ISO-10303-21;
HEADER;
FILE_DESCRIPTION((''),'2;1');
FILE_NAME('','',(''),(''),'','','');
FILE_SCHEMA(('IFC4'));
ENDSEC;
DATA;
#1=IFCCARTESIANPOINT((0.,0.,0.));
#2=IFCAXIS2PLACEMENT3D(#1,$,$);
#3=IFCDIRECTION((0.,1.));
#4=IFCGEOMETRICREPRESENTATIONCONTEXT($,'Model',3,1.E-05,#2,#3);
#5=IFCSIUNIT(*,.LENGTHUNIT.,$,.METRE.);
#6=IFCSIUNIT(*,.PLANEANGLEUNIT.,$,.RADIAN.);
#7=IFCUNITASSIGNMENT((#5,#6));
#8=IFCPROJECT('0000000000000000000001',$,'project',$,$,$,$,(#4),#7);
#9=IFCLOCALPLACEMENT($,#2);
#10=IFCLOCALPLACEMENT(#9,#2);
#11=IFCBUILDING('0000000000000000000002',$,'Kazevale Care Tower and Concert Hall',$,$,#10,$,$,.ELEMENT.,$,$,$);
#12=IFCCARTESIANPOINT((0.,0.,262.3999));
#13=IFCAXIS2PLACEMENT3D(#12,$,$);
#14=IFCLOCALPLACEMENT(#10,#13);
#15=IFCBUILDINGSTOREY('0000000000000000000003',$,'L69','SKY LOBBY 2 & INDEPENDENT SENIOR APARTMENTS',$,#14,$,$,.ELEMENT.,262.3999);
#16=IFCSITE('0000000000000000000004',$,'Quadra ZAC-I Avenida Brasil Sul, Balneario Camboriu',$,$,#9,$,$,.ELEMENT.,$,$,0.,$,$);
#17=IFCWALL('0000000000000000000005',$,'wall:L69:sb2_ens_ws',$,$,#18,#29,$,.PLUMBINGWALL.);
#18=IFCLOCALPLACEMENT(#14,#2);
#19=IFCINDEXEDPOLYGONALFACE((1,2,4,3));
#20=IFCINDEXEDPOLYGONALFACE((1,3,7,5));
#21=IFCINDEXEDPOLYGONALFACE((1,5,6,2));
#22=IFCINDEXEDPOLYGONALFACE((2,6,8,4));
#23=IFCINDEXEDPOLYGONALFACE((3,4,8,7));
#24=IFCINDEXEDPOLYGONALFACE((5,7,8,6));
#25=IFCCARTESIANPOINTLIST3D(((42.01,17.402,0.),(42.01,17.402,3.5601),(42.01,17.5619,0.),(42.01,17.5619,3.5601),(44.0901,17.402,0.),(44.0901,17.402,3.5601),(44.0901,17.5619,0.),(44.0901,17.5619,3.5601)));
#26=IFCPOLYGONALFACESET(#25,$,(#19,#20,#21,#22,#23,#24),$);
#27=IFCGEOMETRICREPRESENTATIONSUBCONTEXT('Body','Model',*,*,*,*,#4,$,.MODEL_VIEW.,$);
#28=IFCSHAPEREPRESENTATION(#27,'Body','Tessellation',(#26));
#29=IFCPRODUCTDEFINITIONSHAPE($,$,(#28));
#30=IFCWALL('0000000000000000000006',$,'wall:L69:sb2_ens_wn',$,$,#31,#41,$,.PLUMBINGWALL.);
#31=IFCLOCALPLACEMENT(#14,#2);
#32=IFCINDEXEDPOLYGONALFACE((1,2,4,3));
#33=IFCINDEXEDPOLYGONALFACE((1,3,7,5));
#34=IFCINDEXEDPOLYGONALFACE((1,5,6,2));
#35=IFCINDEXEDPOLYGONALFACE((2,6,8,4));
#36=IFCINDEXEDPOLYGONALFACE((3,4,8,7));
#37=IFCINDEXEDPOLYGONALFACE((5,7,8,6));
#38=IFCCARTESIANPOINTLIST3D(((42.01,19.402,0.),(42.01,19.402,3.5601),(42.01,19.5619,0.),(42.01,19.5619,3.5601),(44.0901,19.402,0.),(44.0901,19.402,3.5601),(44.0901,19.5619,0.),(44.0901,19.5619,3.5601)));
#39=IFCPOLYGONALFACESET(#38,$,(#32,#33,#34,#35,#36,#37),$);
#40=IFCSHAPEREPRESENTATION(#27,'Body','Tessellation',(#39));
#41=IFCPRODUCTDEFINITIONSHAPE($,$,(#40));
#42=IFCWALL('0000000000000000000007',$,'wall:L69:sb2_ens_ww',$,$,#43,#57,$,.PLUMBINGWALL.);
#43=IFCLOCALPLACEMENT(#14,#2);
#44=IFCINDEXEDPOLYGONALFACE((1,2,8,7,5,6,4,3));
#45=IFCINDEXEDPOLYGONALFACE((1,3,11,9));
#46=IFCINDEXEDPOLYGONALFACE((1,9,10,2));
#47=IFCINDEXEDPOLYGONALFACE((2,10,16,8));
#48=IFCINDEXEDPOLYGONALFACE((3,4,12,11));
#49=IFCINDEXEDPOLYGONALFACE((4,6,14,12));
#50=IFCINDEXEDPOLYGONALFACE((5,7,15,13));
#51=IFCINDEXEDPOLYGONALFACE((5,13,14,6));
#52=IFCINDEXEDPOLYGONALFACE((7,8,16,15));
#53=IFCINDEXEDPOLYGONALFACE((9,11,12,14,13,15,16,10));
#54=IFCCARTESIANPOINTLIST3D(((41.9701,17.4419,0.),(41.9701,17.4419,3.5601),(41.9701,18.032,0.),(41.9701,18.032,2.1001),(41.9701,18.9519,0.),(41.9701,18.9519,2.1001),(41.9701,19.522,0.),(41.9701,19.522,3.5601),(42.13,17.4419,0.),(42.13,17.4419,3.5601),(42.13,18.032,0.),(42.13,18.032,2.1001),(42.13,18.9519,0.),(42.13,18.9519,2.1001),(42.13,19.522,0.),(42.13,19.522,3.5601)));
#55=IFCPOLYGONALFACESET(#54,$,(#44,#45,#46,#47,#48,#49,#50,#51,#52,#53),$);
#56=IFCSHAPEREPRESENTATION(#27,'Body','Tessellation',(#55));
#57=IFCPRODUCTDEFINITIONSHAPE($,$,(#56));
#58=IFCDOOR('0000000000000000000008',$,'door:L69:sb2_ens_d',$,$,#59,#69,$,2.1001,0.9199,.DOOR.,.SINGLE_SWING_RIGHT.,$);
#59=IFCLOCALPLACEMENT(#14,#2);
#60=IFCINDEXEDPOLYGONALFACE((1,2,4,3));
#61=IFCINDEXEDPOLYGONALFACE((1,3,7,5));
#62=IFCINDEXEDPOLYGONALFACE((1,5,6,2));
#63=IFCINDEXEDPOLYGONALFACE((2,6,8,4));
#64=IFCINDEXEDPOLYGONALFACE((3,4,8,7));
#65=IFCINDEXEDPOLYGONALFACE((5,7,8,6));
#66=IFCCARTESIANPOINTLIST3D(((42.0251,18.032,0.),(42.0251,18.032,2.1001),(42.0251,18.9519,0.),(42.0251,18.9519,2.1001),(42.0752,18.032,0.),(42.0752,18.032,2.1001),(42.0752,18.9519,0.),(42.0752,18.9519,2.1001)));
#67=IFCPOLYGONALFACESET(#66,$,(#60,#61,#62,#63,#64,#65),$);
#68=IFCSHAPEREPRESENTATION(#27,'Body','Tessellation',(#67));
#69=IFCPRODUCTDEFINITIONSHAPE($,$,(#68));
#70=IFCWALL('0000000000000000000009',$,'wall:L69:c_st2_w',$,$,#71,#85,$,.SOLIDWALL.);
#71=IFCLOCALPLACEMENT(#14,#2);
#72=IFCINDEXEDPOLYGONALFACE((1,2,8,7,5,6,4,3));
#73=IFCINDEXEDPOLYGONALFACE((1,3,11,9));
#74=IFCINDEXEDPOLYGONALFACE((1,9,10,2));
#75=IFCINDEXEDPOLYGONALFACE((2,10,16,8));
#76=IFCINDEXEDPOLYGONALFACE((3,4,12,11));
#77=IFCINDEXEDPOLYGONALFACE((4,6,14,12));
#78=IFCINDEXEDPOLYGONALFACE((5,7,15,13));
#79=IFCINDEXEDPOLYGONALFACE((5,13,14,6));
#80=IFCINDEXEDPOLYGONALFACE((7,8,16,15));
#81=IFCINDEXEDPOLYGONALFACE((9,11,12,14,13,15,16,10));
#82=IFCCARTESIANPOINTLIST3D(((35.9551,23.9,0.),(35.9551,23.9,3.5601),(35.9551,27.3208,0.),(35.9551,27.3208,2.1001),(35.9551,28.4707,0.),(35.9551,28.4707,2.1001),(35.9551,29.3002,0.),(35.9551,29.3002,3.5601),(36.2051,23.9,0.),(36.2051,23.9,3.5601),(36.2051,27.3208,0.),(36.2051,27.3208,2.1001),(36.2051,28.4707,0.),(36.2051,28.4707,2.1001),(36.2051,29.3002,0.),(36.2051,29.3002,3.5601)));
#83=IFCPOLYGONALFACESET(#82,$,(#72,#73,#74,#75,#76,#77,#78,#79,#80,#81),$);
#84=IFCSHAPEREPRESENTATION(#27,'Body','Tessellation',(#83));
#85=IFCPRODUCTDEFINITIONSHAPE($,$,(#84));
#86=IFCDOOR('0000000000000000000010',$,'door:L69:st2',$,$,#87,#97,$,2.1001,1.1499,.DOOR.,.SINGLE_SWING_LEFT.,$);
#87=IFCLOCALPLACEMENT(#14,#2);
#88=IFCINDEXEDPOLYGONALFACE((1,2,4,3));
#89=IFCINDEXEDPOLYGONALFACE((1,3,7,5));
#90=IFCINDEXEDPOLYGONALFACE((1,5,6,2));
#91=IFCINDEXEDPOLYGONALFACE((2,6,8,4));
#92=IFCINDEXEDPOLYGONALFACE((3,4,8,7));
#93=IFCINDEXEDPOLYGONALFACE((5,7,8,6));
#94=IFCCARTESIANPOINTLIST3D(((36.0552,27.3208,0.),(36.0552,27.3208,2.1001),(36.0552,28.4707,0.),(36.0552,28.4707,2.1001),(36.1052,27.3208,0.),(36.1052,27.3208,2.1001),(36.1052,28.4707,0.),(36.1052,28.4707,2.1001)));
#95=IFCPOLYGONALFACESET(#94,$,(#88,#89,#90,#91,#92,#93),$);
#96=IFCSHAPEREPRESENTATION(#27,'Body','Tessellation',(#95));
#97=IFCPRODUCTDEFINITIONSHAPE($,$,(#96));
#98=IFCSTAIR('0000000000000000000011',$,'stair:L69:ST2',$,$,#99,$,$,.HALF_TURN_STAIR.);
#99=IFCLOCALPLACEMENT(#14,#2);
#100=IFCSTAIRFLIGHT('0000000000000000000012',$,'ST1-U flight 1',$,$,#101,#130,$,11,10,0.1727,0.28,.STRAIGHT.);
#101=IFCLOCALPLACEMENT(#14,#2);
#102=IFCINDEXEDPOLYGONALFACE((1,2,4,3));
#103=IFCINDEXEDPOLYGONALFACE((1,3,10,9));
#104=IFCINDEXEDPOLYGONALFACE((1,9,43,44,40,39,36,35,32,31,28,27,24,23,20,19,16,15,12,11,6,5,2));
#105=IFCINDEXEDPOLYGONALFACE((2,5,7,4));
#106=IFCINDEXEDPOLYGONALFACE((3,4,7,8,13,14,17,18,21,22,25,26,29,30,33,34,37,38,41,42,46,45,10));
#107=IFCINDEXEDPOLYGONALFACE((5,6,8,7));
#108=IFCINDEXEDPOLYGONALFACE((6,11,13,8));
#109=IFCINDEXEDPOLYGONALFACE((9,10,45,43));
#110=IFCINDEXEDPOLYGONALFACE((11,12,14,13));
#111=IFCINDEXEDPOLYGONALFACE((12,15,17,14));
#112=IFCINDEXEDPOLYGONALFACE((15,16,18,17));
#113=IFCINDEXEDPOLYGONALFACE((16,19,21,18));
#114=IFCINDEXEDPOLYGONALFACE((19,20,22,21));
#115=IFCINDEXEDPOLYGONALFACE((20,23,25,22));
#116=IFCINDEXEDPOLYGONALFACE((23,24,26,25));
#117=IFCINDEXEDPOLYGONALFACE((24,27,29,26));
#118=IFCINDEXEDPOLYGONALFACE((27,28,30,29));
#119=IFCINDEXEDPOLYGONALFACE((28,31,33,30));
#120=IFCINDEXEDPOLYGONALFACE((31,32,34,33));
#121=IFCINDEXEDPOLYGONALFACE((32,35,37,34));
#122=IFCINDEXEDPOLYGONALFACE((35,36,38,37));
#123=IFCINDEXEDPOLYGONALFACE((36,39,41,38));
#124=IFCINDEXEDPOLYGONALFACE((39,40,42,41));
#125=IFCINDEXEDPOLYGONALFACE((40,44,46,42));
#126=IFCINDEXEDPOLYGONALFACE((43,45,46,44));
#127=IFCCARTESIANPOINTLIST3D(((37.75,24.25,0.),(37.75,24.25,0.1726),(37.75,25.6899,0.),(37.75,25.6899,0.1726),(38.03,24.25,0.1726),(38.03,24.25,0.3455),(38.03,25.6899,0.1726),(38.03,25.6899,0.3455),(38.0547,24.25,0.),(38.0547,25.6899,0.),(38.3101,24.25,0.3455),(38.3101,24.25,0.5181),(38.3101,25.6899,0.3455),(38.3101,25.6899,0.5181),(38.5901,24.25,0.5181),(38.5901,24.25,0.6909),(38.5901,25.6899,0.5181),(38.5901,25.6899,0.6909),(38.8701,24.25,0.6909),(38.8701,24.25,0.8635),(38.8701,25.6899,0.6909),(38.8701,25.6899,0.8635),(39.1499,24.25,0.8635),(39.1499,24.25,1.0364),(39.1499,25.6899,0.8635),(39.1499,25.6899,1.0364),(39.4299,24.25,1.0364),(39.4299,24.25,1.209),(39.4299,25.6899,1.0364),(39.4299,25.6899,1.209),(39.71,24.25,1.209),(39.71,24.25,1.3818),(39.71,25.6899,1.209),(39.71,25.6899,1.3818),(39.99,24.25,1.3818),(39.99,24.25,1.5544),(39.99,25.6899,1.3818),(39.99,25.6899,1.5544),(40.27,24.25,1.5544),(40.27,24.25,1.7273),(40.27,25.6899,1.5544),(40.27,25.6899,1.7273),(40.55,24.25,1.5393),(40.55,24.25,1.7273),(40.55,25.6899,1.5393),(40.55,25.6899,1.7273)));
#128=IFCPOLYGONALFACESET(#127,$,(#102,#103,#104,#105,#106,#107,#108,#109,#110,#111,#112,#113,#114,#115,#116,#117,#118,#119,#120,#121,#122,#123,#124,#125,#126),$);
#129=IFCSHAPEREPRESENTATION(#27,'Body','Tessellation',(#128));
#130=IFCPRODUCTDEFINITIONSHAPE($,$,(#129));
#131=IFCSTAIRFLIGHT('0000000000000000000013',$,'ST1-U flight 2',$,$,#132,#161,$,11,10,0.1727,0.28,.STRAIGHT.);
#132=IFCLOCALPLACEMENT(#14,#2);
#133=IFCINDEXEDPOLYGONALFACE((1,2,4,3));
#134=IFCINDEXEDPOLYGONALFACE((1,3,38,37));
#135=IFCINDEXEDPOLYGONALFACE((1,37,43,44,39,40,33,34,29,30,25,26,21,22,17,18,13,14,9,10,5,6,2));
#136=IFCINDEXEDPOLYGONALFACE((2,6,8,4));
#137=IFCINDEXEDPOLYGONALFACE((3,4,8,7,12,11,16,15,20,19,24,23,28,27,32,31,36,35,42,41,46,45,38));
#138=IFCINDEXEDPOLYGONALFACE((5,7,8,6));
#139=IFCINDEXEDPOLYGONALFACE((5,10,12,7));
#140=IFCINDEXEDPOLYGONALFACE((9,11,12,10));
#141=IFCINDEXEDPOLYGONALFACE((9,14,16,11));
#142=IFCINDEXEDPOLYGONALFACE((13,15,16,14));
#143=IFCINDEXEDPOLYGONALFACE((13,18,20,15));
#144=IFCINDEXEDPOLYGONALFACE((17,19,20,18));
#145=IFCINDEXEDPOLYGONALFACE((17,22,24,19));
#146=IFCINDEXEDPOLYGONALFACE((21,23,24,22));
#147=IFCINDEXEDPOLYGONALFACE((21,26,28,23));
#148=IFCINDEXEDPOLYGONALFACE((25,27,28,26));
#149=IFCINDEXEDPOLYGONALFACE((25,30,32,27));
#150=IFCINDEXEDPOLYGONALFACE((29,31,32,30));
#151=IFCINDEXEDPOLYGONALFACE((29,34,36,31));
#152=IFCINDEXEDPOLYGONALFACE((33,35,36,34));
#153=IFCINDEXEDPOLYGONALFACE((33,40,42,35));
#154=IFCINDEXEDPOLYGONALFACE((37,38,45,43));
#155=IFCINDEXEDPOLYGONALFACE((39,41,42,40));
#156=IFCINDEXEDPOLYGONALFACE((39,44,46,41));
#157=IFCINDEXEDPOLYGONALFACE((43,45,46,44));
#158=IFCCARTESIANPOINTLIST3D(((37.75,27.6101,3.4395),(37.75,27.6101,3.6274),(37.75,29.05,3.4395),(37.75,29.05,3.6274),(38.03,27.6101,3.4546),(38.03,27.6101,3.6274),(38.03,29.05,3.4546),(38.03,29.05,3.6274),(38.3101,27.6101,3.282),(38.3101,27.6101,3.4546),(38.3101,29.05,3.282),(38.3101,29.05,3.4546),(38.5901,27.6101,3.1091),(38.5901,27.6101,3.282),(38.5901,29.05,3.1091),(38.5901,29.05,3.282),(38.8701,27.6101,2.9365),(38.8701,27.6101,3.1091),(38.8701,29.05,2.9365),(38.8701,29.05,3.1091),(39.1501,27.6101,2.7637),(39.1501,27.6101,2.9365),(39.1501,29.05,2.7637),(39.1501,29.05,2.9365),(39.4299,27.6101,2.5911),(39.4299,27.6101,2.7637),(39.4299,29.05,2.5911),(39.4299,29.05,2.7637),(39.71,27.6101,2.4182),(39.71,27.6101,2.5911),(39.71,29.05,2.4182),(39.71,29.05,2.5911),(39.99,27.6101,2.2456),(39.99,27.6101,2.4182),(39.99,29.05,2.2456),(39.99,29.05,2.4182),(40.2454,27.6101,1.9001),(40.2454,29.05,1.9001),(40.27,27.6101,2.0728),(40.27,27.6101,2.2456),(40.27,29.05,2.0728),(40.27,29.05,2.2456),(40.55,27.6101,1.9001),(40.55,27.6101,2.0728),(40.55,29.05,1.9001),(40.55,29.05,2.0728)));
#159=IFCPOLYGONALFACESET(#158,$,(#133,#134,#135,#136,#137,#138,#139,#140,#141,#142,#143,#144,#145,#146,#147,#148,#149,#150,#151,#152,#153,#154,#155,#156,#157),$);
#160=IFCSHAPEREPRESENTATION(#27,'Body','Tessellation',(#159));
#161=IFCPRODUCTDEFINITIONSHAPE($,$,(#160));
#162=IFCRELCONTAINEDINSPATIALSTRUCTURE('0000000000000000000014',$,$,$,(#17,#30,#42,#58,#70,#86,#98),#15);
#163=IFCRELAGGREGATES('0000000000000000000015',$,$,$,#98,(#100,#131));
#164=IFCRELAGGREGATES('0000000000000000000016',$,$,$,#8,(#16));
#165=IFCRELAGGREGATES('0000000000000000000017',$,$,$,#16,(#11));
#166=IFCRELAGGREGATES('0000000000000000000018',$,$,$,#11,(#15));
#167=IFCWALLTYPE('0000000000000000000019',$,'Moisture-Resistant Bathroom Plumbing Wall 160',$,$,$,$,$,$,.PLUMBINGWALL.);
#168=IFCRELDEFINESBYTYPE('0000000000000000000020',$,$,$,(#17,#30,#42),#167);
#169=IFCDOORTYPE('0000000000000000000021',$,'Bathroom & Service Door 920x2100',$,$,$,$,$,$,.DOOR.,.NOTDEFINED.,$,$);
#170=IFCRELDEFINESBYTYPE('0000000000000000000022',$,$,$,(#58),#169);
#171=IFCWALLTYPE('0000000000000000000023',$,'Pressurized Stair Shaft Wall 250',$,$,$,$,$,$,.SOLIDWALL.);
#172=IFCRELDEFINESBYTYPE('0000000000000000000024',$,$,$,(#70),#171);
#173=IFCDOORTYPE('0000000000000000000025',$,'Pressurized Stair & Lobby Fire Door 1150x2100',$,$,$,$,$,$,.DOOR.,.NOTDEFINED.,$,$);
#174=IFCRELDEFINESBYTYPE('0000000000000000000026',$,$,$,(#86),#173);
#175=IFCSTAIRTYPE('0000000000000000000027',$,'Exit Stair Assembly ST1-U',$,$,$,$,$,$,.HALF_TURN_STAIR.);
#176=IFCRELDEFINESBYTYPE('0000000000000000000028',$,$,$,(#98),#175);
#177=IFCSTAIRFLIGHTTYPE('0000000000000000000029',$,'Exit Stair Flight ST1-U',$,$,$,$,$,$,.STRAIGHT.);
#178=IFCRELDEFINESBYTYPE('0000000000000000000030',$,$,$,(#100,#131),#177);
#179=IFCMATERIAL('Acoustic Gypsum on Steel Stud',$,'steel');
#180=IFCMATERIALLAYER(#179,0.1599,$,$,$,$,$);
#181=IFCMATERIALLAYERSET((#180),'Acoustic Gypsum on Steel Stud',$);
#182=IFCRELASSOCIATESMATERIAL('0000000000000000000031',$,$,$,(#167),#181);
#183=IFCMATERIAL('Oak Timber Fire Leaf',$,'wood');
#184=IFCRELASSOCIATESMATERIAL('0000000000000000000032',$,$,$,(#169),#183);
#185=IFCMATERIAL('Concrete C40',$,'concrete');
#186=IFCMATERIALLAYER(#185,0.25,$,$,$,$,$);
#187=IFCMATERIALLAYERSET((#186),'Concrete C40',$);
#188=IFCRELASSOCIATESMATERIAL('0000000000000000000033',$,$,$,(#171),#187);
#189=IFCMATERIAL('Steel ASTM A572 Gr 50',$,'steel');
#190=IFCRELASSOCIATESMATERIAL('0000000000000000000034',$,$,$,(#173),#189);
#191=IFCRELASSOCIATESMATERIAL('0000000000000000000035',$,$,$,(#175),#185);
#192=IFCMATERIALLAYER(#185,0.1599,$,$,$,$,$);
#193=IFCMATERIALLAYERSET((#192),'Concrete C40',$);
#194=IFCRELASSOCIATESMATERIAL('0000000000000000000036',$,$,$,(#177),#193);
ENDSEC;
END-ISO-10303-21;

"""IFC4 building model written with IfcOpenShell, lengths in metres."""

from ifc_helpers import new_model, si_unit, direction, frame, frame_2d, origin, place, context, subcontext, project, spatial, polyline, rectangle, outline, extrude, material, layer, layer_set, type_object, element, fill, aggregate, save


model = new_model("IFC4")

# Units and contexts
model_context = context("Model", 3, precision=1e-05, world=origin(), true_north=direction((0.0, 1.0)))
body_context = subcontext(model_context, "Body", "Model", "MODEL_VIEW")
ifc_project = project(units=[si_unit("LENGTHUNIT", "METRE"), si_unit("PLANEANGLEUNIT", "RADIAN")], contexts=[model_context])

# Site, building, storey
site_placement = place(None, origin())
site = spatial("IfcSite", under=ifc_project, at=site_placement, Name="Quadra ZAC-I Avenida Brasil Sul, Balneario Camboriu", CompositionType="ELEMENT", RefElevation=0.0)
building_placement = place(site_placement, origin())
building = spatial("IfcBuilding", under=site, at=building_placement, Name="Kazevale Care Tower and Concert Hall", CompositionType="ELEMENT")
storey_placement = place(building_placement, frame((0.0, 0.0, 262.3999)))
storey = spatial("IfcBuildingStorey", under=building, at=storey_placement, Name="L69", Description="SKY LOBBY 2 & INDEPENDENT SENIOR APARTMENTS", CompositionType="ELEMENT", Elevation=262.3999)

# Shared definitions
ifc_material_1 = material(Name="Steel ASTM A572 Gr 50", Category="steel")

# Walls
ifc_material_2 = material(Name="Acoustic Gypsum on Steel Stud", Category="steel")
ifc_layer_1 = layer(ifc_material_2, 0.1599)
ifc_layer_set_1 = layer_set([ifc_layer_1], Name="Acoustic Gypsum on Steel Stud")
wall_type_1 = type_object("IfcWallType", Name="Moisture-Resistant Bathroom Plumbing Wall 160", PredefinedType="PLUMBINGWALL", material=ifc_layer_set_1)
for number, where, z_axis, x_axis, name in (
    (1, (42.01, 17.4819, 0.0), (0.0, 0.0, 1.0), (1.0, 0.0, 0.0), "wall:L69:sb2_ens_ws"),
    (2, (42.01, 19.4819, 0.0), (0.0, 0.0, 1.0), (1.0, 0.0, 0.0), "wall:L69:sb2_ens_wn"),
):
    element("IfcWall", number, at=place(storey_placement, frame(where, z_axis=z_axis, x_axis=x_axis)), inside=storey, type_object=wall_type_1, Name=name, PredefinedType="PLUMBINGWALL", context=body_context, shape_type="SweptSolid", body=[
        extrude(rectangle(XDim=2.0801, YDim=0.1599, at=frame_2d((1.04, 0.0))), origin(), (0.0, 0.0, 1.0), 3.5601),
    ])

# Walls, openings, doors
wall_1_placement = place(storey_placement, frame((42.05, 17.4419, 0.0), z_axis=(0.0, 0.0, 1.0), x_axis=(0.0, 1.0, 0.0)))
wall_1 = element("IfcWall", 3, at=wall_1_placement, inside=storey, type_object=wall_type_1, Name="wall:L69:sb2_ens_ww", PredefinedType="PLUMBINGWALL", context=body_context, shape_type="SweptSolid", body=[
    extrude(rectangle(XDim=2.0801, YDim=0.1599, at=frame_2d((1.04, 0.0))), origin(), (0.0, 0.0, 1.0), 3.5601),
])
opening_1_placement = place(wall_1_placement, frame((0.5901, 0.0, 0.0)))
opening_1 = element("IfcOpeningElement", 4, at=opening_1_placement, cuts=wall_1, PredefinedType="OPENING", context=body_context, shape_type="SweptSolid", body=[
    extrude(rectangle(XDim=0.9199, YDim=2.1001, at=frame_2d((0.46, 1.05))), frame((0.0, 0.0898, 0.0), z_axis=(0.0, -1.0, 0.0), x_axis=(1.0, 0.0, 0.0)), (0.0, 0.0, 1.0), 0.1799),
])
ifc_material_3 = material(Name="Oak Timber Fire Leaf", Category="wood")
door_type_1 = type_object("IfcDoorType", Name="Bathroom & Service Door 920x2100", OperationType="NOTDEFINED", PredefinedType="DOOR", material=ifc_material_3)
door_1_placement = place(opening_1_placement, origin())
door_1 = element("IfcDoor", 5, at=door_1_placement, inside=storey, type_object=door_type_1, Name="door:L69:sb2_ens_d", OperationType="SINGLE_SWING_RIGHT", OverallHeight=2.1001, OverallWidth=0.9199, PredefinedType="DOOR", context=body_context, shape_type="SweptSolid", body=[
    extrude(rectangle(XDim=0.9199, YDim=2.1001, at=frame_2d((0.46, 1.05))), frame((0.0, 0.0249, 0.0), z_axis=(0.0, -1.0, 0.0), x_axis=(1.0, 0.0, 0.0)), (0.0, 0.0, 1.0), 0.05),
])
fill(opening_1, door_1)
ifc_material_4 = material(Name="Concrete C40", Category="concrete")
ifc_layer_2 = layer(ifc_material_4, 0.25)
ifc_layer_set_2 = layer_set([ifc_layer_2], Name="Concrete C40")
wall_type_2 = type_object("IfcWallType", Name="Pressurized Stair Shaft Wall 250", PredefinedType="SOLIDWALL", material=ifc_layer_set_2)
wall_2_placement = place(storey_placement, frame((36.0801, 23.8999, 0.0), z_axis=(0.0, 0.0, 1.0), x_axis=(0.0, 1.0, 0.0)))
wall_2 = element("IfcWall", 6, at=wall_2_placement, inside=storey, type_object=wall_type_2, Name="wall:L69:c_st2_w", PredefinedType="SOLIDWALL", context=body_context, shape_type="SweptSolid", body=[
    extrude(rectangle(XDim=5.4001, YDim=0.25, at=frame_2d((2.7002, 0.0))), origin(), (0.0, 0.0, 1.0), 3.5601),
])
opening_2_placement = place(wall_2_placement, frame((3.4209, 0.0, 0.0)))
opening_2 = element("IfcOpeningElement", 7, at=opening_2_placement, cuts=wall_2, PredefinedType="OPENING", context=body_context, shape_type="SweptSolid", body=[
    extrude(rectangle(XDim=1.1499, YDim=2.1001, at=frame_2d((0.575, 1.05))), frame((0.0, 0.135, 0.0), z_axis=(0.0, -1.0, 0.0), x_axis=(1.0, 0.0, 0.0)), (0.0, 0.0, 1.0), 0.27),
])
door_type_2 = type_object("IfcDoorType", Name="Pressurized Stair & Lobby Fire Door 1150x2100", OperationType="NOTDEFINED", PredefinedType="DOOR", material=ifc_material_1)
door_2_placement = place(opening_2_placement, origin())
door_2 = element("IfcDoor", 8, at=door_2_placement, inside=storey, type_object=door_type_2, Name="door:L69:st2", OperationType="SINGLE_SWING_LEFT", OverallHeight=2.1001, OverallWidth=1.1499, PredefinedType="DOOR", context=body_context, shape_type="SweptSolid", body=[
    extrude(rectangle(XDim=1.1499, YDim=2.1001, at=frame_2d((0.575, 1.05))), frame((0.0, 0.0249, 0.0), z_axis=(0.0, -1.0, 0.0), x_axis=(1.0, 0.0, 0.0)), (0.0, 0.0, 1.0), 0.05),
])
fill(opening_2, door_2)

# Stair, stair flights
stair_type = type_object("IfcStairType", Name="Exit Stair Assembly ST1-U", PredefinedType="HALF_TURN_STAIR", material=ifc_material_4)
stair_placement = place(storey_placement, origin())
stair = element("IfcStair", 9, at=stair_placement, inside=storey, type_object=stair_type, Name="stair:L69:ST2", PredefinedType="HALF_TURN_STAIR")
ifc_layer_3 = layer(ifc_material_4, 0.1599)
ifc_layer_set_3 = layer_set([ifc_layer_3], Name="Concrete C40")
stair_flight_type = type_object("IfcStairFlightType", Name="Exit Stair Flight ST1-U", PredefinedType="STRAIGHT", material=ifc_layer_set_3)
stair_flight_1_placement = place(storey_placement, frame((37.75, 24.97, 0.0), z_axis=(0.0, 0.0, 1.0), x_axis=(1.0, 0.0, 0.0)))
stair_flight_1 = element("IfcStairFlight", 10, at=stair_flight_1_placement, type_object=stair_flight_type, Name="ST1-U flight 1", NumberOfRisers=11, NumberOfTreads=10, PredefinedType="STRAIGHT", RiserHeight=0.1727, TreadLength=0.28, context=body_context, shape_type="SweptSolid", body=[
    extrude(outline(polyline([(0.0, 0.0), (0.0, 0.1726), (0.28, 0.1726), (0.28, 0.3455), (0.5601, 0.3455), (0.5601, 0.5181), (0.8401, 0.5181), (0.8401, 0.6909), (1.1201, 0.6909), (1.1201, 0.8635), (1.3999, 0.8635), (1.3999, 1.0364), (1.6799, 1.0364), (1.6799, 1.209), (1.96, 1.209), (1.96, 1.3818), (2.24, 1.3818), (2.24, 1.5544), (2.52, 1.5544), (2.52, 1.7273), (2.8, 1.7273), (2.8, 1.8999), (2.8, 1.5393), (0.3047, 0.0), (0.0, 0.0)])), frame((0.0, 0.72, 0.0), z_axis=(0.0, -1.0, 0.0), x_axis=(1.0, 0.0, 0.0)), (0.0, 0.0, 1.0), 1.4399),
])
stair_flight_2_placement = place(storey_placement, frame((40.55, 28.3301, 1.9001), z_axis=(0.0, 0.0, 1.0), x_axis=(-1.0, 0.0, 0.0)))
stair_flight_2 = element("IfcStairFlight", 11, at=stair_flight_2_placement, type_object=stair_flight_type, Name="ST1-U flight 2", NumberOfRisers=11, NumberOfTreads=10, PredefinedType="STRAIGHT", RiserHeight=0.1727, TreadLength=0.28, context=body_context, shape_type="SweptSolid", body=[
    extrude(outline(polyline([(0.0, 0.0), (0.0, 0.1726), (0.28, 0.1726), (0.28, 0.3455), (0.5601, 0.3455), (0.5601, 0.5181), (0.8401, 0.5181), (0.8401, 0.6909), (1.1201, 0.6909), (1.1201, 0.8635), (1.3999, 0.8635), (1.3999, 1.0364), (1.6799, 1.0364), (1.6799, 1.209), (1.96, 1.209), (1.96, 1.3818), (2.24, 1.3818), (2.24, 1.5544), (2.52, 1.5544), (2.52, 1.7273), (2.8, 1.7273), (2.8, 1.8999), (2.8, 1.5393), (0.3047, 0.0), (0.0, 0.0)])), frame((0.0, 0.72, 0.0), z_axis=(0.0, -1.0, 0.0), x_axis=(1.0, 0.0, 0.0)), (0.0, 0.0, 1.0), 1.4399),
])
aggregate(stair, [stair_flight_1, stair_flight_2])

save(model, "model.ifc")
